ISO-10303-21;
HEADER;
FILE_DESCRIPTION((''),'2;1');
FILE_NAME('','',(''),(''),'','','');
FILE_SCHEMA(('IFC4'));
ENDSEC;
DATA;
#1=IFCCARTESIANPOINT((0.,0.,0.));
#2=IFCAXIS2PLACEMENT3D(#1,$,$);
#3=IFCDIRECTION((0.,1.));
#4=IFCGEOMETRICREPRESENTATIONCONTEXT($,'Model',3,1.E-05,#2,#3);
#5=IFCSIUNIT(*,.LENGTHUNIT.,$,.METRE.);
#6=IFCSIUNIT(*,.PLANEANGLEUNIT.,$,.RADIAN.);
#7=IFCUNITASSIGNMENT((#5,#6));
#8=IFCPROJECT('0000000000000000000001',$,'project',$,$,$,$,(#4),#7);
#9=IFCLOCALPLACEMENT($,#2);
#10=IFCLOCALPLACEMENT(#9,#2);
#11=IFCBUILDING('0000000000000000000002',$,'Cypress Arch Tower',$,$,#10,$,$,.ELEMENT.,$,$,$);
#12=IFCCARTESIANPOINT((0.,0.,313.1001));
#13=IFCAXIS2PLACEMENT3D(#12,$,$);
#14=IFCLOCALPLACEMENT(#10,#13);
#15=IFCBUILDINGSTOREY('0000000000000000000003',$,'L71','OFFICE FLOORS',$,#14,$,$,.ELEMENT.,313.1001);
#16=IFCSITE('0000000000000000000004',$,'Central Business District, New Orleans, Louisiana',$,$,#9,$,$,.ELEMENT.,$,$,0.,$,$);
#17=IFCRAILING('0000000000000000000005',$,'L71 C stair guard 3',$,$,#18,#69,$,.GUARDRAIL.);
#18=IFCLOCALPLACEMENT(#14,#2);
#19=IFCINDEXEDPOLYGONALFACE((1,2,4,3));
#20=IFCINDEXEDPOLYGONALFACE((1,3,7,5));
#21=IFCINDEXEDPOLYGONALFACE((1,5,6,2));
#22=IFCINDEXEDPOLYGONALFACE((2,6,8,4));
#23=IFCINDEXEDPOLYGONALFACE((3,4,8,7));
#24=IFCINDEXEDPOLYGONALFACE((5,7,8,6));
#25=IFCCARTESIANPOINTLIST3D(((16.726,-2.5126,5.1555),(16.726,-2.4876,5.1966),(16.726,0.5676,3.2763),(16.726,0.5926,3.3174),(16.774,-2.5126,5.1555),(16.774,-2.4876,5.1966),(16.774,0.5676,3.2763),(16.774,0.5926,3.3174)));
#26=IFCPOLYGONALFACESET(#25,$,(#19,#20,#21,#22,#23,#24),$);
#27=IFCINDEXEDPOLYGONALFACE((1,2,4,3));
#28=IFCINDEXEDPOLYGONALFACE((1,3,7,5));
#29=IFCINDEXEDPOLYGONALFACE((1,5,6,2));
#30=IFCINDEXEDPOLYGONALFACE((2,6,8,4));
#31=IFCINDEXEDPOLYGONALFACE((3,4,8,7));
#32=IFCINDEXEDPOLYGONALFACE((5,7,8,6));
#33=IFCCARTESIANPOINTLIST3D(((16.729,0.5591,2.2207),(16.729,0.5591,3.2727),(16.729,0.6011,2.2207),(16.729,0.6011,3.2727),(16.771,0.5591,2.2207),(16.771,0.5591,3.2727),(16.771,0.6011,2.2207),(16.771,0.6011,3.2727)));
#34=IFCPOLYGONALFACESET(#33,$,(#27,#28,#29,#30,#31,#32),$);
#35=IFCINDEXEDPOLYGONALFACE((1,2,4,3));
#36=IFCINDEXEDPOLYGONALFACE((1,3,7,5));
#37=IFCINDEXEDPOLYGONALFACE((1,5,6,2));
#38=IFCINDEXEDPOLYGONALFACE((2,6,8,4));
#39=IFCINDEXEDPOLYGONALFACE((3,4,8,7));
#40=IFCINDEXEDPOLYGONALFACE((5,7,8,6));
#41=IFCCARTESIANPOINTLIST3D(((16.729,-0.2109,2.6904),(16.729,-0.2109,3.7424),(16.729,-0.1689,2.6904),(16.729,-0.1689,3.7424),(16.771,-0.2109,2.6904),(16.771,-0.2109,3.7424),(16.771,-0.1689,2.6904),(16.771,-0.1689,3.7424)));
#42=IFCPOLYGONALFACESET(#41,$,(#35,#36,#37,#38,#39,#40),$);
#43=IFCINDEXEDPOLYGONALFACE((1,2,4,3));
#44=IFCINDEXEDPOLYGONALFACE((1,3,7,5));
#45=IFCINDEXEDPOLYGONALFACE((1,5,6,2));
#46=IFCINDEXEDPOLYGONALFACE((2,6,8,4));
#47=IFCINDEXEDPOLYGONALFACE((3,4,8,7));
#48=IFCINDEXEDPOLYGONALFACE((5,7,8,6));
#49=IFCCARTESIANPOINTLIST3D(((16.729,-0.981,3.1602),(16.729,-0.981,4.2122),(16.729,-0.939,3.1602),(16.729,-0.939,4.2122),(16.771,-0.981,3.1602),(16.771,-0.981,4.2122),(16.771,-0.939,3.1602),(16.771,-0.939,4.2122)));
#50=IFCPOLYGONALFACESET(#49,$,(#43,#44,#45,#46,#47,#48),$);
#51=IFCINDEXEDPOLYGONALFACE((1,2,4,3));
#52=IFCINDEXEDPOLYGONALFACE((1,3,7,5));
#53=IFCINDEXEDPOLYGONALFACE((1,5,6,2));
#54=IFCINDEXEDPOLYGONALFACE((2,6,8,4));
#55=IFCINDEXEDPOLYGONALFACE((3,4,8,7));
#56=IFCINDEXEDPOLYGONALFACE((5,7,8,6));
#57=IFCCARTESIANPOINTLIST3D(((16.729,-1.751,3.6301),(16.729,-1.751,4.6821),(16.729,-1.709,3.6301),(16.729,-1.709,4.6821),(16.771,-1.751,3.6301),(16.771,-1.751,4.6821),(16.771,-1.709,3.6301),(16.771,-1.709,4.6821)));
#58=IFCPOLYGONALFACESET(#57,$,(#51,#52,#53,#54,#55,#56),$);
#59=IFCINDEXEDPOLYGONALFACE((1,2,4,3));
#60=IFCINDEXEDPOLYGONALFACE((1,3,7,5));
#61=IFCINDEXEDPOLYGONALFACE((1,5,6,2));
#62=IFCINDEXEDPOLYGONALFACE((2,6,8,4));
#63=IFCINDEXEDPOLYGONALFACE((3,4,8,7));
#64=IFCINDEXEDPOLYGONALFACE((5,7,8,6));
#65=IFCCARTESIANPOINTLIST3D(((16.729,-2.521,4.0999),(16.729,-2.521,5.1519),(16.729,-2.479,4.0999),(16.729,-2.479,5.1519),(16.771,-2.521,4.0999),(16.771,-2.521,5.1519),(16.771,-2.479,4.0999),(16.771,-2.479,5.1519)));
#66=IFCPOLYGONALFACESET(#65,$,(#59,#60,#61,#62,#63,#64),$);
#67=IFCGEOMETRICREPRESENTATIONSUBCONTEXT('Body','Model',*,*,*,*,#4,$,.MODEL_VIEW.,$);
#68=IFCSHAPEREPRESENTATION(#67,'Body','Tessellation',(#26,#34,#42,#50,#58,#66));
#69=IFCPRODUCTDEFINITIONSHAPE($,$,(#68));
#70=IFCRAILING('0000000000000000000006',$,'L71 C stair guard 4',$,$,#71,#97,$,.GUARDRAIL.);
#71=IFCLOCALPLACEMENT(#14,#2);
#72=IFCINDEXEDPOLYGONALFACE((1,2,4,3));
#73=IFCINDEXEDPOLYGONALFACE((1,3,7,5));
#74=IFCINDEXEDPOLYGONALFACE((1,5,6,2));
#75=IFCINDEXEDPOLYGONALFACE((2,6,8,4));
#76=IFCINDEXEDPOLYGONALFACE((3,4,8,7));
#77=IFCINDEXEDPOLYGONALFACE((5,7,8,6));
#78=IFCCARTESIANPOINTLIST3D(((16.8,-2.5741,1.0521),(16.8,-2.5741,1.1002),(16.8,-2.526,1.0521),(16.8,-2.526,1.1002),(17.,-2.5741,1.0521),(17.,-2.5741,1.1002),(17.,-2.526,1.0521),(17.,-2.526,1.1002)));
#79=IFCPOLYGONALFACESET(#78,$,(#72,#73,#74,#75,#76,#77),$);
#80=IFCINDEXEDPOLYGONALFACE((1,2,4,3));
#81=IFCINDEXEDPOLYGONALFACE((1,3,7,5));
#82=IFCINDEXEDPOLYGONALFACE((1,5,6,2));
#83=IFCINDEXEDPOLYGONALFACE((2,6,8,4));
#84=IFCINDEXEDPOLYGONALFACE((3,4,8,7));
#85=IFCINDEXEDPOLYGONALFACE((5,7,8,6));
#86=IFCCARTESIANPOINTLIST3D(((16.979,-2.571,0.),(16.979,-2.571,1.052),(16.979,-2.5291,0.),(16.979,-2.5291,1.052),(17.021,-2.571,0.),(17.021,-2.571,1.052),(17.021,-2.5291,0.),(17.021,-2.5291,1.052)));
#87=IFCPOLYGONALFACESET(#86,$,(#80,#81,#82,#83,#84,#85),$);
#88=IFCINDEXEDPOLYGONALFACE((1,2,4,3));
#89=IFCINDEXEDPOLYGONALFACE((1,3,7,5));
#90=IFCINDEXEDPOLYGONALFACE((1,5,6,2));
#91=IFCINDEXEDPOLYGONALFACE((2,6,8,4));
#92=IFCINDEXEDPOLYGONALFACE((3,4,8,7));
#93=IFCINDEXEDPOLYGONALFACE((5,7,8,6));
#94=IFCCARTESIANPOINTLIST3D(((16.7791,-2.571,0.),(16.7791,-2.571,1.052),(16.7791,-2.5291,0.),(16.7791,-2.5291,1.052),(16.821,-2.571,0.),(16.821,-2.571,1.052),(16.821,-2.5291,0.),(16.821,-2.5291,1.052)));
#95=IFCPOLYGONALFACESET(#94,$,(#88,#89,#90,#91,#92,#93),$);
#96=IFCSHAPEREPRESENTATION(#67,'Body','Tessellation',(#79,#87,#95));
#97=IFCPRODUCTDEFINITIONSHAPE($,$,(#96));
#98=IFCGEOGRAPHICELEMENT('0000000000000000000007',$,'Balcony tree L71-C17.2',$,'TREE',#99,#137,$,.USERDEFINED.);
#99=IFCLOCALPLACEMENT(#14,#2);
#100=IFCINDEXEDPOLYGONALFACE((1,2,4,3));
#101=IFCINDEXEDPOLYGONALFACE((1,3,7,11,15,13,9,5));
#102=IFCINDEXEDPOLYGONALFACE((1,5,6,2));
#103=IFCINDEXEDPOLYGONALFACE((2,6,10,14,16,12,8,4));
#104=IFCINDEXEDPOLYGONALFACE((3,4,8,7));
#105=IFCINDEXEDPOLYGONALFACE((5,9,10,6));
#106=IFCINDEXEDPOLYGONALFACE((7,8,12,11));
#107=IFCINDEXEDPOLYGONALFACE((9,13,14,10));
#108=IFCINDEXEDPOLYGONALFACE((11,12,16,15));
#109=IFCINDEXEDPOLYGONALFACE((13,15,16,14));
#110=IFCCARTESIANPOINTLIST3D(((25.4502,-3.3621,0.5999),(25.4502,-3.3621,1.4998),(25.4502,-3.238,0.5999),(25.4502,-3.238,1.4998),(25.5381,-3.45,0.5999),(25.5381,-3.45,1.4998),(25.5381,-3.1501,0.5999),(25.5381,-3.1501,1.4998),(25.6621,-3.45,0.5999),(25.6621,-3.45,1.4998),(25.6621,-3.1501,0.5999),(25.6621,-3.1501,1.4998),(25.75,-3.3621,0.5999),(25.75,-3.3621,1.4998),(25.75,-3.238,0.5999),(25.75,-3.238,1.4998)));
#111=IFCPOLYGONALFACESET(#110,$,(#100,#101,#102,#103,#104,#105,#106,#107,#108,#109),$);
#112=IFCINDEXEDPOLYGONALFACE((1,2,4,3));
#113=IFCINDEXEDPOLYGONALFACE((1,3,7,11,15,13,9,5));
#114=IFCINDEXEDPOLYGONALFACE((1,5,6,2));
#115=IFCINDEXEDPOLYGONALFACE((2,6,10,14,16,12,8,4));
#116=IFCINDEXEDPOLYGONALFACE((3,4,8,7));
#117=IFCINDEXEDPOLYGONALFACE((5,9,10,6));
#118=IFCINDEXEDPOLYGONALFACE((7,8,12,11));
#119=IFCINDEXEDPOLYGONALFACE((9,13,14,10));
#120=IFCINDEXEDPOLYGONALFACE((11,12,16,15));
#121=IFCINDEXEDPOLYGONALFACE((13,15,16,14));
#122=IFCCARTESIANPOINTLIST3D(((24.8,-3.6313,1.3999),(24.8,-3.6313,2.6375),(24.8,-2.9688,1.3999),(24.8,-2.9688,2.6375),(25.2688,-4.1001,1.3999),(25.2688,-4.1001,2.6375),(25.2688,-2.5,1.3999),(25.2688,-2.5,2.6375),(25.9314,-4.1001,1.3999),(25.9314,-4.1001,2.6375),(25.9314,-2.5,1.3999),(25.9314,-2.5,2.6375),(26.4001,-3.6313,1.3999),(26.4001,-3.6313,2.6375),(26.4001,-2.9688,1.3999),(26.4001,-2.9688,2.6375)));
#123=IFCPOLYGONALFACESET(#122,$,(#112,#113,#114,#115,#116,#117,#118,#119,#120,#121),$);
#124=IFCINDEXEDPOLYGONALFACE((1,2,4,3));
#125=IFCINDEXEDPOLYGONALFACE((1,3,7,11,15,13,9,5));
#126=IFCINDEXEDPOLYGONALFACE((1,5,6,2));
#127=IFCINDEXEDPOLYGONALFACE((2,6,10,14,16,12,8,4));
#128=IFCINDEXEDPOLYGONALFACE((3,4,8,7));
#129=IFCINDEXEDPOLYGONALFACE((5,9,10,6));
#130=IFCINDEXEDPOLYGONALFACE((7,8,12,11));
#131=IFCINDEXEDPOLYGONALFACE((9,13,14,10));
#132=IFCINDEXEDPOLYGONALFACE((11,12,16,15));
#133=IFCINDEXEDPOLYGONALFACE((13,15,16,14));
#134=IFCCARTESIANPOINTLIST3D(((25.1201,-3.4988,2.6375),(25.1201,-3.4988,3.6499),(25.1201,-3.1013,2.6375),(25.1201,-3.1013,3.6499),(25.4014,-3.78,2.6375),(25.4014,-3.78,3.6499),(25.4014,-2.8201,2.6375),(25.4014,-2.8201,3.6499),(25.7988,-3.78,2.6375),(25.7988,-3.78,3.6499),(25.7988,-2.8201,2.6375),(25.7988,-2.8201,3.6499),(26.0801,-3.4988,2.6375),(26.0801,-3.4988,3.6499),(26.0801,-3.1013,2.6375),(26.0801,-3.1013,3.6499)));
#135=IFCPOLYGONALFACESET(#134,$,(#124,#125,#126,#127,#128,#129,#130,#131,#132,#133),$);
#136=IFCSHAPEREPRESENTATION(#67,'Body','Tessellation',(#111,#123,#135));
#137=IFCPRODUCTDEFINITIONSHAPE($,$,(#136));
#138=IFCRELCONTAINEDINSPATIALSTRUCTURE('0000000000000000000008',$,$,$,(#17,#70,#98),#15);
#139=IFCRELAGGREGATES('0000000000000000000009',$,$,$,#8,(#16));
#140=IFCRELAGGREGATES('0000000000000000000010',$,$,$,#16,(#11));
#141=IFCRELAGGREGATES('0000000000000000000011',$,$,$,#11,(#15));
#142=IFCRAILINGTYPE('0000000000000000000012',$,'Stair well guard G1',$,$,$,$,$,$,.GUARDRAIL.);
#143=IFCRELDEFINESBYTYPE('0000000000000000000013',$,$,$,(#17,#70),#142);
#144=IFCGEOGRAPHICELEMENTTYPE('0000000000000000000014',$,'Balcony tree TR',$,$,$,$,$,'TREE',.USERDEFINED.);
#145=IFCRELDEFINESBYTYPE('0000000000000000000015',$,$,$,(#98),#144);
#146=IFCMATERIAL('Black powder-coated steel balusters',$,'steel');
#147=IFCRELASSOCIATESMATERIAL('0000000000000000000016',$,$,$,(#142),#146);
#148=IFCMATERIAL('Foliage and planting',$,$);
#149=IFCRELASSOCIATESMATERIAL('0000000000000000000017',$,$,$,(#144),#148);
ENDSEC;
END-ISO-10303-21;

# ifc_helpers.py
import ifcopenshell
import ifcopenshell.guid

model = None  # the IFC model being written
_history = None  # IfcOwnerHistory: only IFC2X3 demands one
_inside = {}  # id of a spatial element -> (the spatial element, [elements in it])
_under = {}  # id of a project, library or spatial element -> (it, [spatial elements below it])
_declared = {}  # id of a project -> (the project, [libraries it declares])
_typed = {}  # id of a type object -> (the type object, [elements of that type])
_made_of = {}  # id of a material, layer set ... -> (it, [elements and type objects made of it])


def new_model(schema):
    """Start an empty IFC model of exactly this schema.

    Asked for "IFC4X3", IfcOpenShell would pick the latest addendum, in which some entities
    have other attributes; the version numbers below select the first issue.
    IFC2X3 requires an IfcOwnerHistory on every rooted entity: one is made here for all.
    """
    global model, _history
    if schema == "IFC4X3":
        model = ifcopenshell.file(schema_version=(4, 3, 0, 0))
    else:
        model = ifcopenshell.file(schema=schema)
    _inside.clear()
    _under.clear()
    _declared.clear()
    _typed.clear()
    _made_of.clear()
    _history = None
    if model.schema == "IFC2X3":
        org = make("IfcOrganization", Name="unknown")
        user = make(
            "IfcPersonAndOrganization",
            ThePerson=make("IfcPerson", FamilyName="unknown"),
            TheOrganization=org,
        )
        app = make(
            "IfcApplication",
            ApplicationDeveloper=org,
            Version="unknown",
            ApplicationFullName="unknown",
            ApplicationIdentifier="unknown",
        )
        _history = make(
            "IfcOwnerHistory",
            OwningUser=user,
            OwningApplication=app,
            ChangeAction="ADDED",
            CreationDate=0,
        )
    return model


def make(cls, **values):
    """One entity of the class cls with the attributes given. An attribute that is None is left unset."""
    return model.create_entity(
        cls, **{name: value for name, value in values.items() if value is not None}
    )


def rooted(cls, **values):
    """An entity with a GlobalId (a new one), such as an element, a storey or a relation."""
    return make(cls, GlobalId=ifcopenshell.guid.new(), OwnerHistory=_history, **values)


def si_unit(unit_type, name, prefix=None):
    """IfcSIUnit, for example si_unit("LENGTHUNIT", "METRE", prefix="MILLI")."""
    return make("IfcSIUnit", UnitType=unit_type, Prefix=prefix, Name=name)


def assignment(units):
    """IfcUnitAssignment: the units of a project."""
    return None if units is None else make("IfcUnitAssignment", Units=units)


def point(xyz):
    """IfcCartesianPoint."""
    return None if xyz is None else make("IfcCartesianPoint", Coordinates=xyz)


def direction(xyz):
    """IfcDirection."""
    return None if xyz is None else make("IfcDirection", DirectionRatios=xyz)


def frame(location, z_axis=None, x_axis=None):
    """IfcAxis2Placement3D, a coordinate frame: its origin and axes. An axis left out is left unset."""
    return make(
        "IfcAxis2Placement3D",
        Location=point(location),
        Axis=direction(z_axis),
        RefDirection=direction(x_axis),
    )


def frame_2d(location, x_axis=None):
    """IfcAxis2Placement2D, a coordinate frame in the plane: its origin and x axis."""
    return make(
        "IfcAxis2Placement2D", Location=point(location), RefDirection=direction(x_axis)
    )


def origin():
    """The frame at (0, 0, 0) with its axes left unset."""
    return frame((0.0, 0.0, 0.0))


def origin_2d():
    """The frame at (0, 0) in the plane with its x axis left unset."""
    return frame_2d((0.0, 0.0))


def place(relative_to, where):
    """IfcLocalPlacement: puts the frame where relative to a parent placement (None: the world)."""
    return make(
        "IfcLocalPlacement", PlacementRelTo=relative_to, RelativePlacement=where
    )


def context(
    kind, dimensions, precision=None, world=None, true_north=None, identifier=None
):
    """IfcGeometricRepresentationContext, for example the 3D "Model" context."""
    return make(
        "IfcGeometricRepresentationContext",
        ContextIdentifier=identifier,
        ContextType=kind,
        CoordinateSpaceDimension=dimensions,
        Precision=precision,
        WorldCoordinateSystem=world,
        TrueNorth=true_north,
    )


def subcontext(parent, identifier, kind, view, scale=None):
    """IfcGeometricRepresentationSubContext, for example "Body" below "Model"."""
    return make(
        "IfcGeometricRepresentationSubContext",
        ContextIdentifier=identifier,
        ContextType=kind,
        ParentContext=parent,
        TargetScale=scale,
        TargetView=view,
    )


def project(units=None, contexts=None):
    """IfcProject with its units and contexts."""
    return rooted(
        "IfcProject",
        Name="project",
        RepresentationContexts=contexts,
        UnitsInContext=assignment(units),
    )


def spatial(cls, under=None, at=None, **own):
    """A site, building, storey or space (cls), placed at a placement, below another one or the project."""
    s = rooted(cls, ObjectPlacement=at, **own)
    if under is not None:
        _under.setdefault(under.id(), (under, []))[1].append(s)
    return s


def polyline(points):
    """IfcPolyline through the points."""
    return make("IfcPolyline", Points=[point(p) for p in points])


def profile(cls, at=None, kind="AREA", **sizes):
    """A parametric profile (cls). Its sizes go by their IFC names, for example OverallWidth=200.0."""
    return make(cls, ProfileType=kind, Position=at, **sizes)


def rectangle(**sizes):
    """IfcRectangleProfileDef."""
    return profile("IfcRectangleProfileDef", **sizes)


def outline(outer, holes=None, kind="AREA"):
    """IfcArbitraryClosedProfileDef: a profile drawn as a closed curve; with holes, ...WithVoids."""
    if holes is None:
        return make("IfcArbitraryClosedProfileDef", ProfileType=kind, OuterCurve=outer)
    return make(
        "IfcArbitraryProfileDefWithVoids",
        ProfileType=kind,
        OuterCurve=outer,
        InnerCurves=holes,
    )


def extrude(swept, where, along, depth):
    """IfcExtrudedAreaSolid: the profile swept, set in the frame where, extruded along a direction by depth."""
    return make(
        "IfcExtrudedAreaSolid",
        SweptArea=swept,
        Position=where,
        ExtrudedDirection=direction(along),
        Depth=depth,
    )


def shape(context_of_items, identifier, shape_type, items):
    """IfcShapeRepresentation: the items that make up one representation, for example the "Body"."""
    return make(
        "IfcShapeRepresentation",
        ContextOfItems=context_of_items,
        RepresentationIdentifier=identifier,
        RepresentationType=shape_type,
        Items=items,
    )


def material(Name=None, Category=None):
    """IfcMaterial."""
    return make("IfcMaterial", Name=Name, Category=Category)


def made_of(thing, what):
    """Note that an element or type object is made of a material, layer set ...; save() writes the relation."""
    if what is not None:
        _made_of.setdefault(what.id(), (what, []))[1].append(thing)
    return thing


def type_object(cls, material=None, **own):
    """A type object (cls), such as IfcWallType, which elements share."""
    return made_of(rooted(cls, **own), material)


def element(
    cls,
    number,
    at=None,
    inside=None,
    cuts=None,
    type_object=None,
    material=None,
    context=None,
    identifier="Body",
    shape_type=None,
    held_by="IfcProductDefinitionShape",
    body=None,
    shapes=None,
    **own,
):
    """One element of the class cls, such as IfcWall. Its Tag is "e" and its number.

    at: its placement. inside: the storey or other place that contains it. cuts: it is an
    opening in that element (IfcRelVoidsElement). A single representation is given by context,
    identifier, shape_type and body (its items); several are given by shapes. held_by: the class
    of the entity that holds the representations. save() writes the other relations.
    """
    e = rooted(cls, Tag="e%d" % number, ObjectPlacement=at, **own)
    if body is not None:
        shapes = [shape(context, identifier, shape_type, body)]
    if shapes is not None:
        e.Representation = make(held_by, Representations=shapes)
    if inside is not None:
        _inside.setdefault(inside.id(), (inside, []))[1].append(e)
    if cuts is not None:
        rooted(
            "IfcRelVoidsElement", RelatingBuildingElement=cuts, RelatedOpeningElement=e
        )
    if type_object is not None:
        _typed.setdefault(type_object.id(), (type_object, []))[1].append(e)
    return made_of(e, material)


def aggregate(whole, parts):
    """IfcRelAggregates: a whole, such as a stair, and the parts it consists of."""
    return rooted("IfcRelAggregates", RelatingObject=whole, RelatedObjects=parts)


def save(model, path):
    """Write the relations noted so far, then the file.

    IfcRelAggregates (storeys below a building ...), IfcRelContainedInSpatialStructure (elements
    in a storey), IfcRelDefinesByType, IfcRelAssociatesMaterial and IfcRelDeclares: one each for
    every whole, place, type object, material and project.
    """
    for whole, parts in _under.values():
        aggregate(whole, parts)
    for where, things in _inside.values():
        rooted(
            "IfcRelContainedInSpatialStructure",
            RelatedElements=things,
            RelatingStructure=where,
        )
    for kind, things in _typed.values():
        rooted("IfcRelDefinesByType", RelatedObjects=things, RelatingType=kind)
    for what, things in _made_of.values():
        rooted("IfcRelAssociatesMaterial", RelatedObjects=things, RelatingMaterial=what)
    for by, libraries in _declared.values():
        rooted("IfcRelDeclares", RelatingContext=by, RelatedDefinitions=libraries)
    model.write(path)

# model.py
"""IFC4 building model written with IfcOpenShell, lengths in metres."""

from ifc_helpers import new_model, si_unit, direction, frame, origin, origin_2d, place, context, subcontext, project, spatial, polyline, rectangle, outline, extrude, material, type_object, element, save


model = new_model("IFC4")

# Units and contexts
model_context = context("Model", 3, precision=1e-05, world=origin(), true_north=direction((0.0, 1.0)))
body_context = subcontext(model_context, "Body", "Model", "MODEL_VIEW")
ifc_project = project(units=[si_unit("LENGTHUNIT", "METRE"), si_unit("PLANEANGLEUNIT", "RADIAN")], contexts=[model_context])

# Site, building, storey
site_placement = place(None, origin())
site = spatial("IfcSite", under=ifc_project, at=site_placement, Name="Central Business District, New Orleans, Louisiana", CompositionType="ELEMENT", RefElevation=0.0)
building_placement = place(site_placement, origin())
building = spatial("IfcBuilding", under=site, at=building_placement, Name="Cypress Arch Tower", CompositionType="ELEMENT")
storey_placement = place(building_placement, frame((0.0, 0.0, 313.1001)))
storey = spatial("IfcBuildingStorey", under=building, at=storey_placement, Name="L71", Description="OFFICE FLOORS", CompositionType="ELEMENT", Elevation=313.1001)

# Railings
ifc_material_1 = material(Name="Black powder-coated steel balusters", Category="steel")
railing_type_1 = type_object("IfcRailingType", Name="Stair well guard G1", PredefinedType="GUARDRAIL", material=ifc_material_1)
railing_1_placement = place(storey_placement, frame((16.75, 0.5801, 2.2207)))
element("IfcRailing", 1, at=railing_1_placement, inside=storey, type_object=railing_type_1, Name="L71 C stair guard 3", PredefinedType="GUARDRAIL", context=body_context, shape_type="SweptSolid", body=[
    extrude(rectangle(XDim=0.0481, YDim=0.0481, at=origin_2d()), frame((0.0, 0.0, 1.0762), z_axis=(0.0, -0.853666, 0.52082), x_axis=(1.0, 0.0, 0.0)), (0.0, 0.0, 1.0), 3.6082),
    extrude(rectangle(XDim=0.042, YDim=0.042, at=origin_2d()), origin(), (0.0, 0.0, 1.0), 1.052),
    extrude(rectangle(XDim=0.042, YDim=0.042, at=origin_2d()), frame((0.0, -0.77, 0.4697)), (0.0, 0.0, 1.0), 1.052),
    extrude(rectangle(XDim=0.042, YDim=0.042, at=origin_2d()), frame((0.0, -1.54, 0.9395)), (0.0, 0.0, 1.0), 1.052),
    extrude(rectangle(XDim=0.042, YDim=0.042, at=origin_2d()), frame((0.0, -2.3101, 1.4094)), (0.0, 0.0, 1.0), 1.052),
    extrude(rectangle(XDim=0.042, YDim=0.042, at=origin_2d()), frame((0.0, -3.0801, 1.8792)), (0.0, 0.0, 1.0), 1.052),
])
railing_2_placement = place(storey_placement, frame((17.0, -2.55, 0.0)))
element("IfcRailing", 2, at=railing_2_placement, inside=storey, type_object=railing_type_1, Name="L71 C stair guard 4", PredefinedType="GUARDRAIL", context=body_context, shape_type="SweptSolid", body=[
    extrude(rectangle(XDim=0.0481, YDim=0.0481, at=origin_2d()), frame((0.0, 0.0, 1.0762), z_axis=(-1.0, 0.0, 0.0), x_axis=(0.0, -1.0, 0.0)), (0.0, 0.0, 1.0), 0.2),
    extrude(rectangle(XDim=0.042, YDim=0.042, at=origin_2d()), origin(), (0.0, 0.0, 1.0), 1.052),
    extrude(rectangle(XDim=0.042, YDim=0.042, at=origin_2d()), frame((-0.2, 0.0, 0.0)), (0.0, 0.0, 1.0), 1.052),
])

# Geographic element
ifc_material_2 = material(Name="Foliage and planting")
geographic_element_type = type_object("IfcGeographicElementType", Name="Balcony tree TR", ElementType="TREE", PredefinedType="USERDEFINED", material=ifc_material_2)
geographic_element_placement = place(storey_placement, frame((25.6001, -3.3, 0.5999), z_axis=(0.0, 0.0, 1.0), x_axis=(1.0, 0.0, 0.0)))
element("IfcGeographicElement", 3, at=geographic_element_placement, inside=storey, type_object=geographic_element_type, Name="Balcony tree L71-C17.2", ObjectType="TREE", PredefinedType="USERDEFINED", context=body_context, shape_type="SweptSolid", body=[
    extrude(outline(polyline([(0.1499, 0.062), (0.062, 0.1499), (-0.062, 0.1499), (-0.1499, 0.062), (-0.1499, -0.062), (-0.062, -0.1499), (0.062, -0.1499), (0.1499, -0.062), (0.1499, 0.062)])), origin(), (0.0, 0.0, 1.0), 0.8999),
    extrude(outline(polyline([(0.8, 0.3313), (0.3313, 0.8), (-0.3313, 0.8), (-0.8, 0.3313), (-0.8, -0.3313), (-0.3313, -0.8), (0.3313, -0.8), (0.8, -0.3313), (0.8, 0.3313)])), frame((0.0, 0.0, 0.8)), (0.0, 0.0, 1.0), 1.2375),
    extrude(outline(polyline([(0.48, 0.1987), (0.1987, 0.48), (-0.1987, 0.48), (-0.48, 0.1987), (-0.48, -0.1987), (-0.1987, -0.48), (0.1987, -0.48), (0.48, -0.1987), (0.48, 0.1987)])), frame((0.0, 0.0, 2.0376)), (0.0, 0.0, 1.0), 1.0125),
])

save(model, "model.ifc")
